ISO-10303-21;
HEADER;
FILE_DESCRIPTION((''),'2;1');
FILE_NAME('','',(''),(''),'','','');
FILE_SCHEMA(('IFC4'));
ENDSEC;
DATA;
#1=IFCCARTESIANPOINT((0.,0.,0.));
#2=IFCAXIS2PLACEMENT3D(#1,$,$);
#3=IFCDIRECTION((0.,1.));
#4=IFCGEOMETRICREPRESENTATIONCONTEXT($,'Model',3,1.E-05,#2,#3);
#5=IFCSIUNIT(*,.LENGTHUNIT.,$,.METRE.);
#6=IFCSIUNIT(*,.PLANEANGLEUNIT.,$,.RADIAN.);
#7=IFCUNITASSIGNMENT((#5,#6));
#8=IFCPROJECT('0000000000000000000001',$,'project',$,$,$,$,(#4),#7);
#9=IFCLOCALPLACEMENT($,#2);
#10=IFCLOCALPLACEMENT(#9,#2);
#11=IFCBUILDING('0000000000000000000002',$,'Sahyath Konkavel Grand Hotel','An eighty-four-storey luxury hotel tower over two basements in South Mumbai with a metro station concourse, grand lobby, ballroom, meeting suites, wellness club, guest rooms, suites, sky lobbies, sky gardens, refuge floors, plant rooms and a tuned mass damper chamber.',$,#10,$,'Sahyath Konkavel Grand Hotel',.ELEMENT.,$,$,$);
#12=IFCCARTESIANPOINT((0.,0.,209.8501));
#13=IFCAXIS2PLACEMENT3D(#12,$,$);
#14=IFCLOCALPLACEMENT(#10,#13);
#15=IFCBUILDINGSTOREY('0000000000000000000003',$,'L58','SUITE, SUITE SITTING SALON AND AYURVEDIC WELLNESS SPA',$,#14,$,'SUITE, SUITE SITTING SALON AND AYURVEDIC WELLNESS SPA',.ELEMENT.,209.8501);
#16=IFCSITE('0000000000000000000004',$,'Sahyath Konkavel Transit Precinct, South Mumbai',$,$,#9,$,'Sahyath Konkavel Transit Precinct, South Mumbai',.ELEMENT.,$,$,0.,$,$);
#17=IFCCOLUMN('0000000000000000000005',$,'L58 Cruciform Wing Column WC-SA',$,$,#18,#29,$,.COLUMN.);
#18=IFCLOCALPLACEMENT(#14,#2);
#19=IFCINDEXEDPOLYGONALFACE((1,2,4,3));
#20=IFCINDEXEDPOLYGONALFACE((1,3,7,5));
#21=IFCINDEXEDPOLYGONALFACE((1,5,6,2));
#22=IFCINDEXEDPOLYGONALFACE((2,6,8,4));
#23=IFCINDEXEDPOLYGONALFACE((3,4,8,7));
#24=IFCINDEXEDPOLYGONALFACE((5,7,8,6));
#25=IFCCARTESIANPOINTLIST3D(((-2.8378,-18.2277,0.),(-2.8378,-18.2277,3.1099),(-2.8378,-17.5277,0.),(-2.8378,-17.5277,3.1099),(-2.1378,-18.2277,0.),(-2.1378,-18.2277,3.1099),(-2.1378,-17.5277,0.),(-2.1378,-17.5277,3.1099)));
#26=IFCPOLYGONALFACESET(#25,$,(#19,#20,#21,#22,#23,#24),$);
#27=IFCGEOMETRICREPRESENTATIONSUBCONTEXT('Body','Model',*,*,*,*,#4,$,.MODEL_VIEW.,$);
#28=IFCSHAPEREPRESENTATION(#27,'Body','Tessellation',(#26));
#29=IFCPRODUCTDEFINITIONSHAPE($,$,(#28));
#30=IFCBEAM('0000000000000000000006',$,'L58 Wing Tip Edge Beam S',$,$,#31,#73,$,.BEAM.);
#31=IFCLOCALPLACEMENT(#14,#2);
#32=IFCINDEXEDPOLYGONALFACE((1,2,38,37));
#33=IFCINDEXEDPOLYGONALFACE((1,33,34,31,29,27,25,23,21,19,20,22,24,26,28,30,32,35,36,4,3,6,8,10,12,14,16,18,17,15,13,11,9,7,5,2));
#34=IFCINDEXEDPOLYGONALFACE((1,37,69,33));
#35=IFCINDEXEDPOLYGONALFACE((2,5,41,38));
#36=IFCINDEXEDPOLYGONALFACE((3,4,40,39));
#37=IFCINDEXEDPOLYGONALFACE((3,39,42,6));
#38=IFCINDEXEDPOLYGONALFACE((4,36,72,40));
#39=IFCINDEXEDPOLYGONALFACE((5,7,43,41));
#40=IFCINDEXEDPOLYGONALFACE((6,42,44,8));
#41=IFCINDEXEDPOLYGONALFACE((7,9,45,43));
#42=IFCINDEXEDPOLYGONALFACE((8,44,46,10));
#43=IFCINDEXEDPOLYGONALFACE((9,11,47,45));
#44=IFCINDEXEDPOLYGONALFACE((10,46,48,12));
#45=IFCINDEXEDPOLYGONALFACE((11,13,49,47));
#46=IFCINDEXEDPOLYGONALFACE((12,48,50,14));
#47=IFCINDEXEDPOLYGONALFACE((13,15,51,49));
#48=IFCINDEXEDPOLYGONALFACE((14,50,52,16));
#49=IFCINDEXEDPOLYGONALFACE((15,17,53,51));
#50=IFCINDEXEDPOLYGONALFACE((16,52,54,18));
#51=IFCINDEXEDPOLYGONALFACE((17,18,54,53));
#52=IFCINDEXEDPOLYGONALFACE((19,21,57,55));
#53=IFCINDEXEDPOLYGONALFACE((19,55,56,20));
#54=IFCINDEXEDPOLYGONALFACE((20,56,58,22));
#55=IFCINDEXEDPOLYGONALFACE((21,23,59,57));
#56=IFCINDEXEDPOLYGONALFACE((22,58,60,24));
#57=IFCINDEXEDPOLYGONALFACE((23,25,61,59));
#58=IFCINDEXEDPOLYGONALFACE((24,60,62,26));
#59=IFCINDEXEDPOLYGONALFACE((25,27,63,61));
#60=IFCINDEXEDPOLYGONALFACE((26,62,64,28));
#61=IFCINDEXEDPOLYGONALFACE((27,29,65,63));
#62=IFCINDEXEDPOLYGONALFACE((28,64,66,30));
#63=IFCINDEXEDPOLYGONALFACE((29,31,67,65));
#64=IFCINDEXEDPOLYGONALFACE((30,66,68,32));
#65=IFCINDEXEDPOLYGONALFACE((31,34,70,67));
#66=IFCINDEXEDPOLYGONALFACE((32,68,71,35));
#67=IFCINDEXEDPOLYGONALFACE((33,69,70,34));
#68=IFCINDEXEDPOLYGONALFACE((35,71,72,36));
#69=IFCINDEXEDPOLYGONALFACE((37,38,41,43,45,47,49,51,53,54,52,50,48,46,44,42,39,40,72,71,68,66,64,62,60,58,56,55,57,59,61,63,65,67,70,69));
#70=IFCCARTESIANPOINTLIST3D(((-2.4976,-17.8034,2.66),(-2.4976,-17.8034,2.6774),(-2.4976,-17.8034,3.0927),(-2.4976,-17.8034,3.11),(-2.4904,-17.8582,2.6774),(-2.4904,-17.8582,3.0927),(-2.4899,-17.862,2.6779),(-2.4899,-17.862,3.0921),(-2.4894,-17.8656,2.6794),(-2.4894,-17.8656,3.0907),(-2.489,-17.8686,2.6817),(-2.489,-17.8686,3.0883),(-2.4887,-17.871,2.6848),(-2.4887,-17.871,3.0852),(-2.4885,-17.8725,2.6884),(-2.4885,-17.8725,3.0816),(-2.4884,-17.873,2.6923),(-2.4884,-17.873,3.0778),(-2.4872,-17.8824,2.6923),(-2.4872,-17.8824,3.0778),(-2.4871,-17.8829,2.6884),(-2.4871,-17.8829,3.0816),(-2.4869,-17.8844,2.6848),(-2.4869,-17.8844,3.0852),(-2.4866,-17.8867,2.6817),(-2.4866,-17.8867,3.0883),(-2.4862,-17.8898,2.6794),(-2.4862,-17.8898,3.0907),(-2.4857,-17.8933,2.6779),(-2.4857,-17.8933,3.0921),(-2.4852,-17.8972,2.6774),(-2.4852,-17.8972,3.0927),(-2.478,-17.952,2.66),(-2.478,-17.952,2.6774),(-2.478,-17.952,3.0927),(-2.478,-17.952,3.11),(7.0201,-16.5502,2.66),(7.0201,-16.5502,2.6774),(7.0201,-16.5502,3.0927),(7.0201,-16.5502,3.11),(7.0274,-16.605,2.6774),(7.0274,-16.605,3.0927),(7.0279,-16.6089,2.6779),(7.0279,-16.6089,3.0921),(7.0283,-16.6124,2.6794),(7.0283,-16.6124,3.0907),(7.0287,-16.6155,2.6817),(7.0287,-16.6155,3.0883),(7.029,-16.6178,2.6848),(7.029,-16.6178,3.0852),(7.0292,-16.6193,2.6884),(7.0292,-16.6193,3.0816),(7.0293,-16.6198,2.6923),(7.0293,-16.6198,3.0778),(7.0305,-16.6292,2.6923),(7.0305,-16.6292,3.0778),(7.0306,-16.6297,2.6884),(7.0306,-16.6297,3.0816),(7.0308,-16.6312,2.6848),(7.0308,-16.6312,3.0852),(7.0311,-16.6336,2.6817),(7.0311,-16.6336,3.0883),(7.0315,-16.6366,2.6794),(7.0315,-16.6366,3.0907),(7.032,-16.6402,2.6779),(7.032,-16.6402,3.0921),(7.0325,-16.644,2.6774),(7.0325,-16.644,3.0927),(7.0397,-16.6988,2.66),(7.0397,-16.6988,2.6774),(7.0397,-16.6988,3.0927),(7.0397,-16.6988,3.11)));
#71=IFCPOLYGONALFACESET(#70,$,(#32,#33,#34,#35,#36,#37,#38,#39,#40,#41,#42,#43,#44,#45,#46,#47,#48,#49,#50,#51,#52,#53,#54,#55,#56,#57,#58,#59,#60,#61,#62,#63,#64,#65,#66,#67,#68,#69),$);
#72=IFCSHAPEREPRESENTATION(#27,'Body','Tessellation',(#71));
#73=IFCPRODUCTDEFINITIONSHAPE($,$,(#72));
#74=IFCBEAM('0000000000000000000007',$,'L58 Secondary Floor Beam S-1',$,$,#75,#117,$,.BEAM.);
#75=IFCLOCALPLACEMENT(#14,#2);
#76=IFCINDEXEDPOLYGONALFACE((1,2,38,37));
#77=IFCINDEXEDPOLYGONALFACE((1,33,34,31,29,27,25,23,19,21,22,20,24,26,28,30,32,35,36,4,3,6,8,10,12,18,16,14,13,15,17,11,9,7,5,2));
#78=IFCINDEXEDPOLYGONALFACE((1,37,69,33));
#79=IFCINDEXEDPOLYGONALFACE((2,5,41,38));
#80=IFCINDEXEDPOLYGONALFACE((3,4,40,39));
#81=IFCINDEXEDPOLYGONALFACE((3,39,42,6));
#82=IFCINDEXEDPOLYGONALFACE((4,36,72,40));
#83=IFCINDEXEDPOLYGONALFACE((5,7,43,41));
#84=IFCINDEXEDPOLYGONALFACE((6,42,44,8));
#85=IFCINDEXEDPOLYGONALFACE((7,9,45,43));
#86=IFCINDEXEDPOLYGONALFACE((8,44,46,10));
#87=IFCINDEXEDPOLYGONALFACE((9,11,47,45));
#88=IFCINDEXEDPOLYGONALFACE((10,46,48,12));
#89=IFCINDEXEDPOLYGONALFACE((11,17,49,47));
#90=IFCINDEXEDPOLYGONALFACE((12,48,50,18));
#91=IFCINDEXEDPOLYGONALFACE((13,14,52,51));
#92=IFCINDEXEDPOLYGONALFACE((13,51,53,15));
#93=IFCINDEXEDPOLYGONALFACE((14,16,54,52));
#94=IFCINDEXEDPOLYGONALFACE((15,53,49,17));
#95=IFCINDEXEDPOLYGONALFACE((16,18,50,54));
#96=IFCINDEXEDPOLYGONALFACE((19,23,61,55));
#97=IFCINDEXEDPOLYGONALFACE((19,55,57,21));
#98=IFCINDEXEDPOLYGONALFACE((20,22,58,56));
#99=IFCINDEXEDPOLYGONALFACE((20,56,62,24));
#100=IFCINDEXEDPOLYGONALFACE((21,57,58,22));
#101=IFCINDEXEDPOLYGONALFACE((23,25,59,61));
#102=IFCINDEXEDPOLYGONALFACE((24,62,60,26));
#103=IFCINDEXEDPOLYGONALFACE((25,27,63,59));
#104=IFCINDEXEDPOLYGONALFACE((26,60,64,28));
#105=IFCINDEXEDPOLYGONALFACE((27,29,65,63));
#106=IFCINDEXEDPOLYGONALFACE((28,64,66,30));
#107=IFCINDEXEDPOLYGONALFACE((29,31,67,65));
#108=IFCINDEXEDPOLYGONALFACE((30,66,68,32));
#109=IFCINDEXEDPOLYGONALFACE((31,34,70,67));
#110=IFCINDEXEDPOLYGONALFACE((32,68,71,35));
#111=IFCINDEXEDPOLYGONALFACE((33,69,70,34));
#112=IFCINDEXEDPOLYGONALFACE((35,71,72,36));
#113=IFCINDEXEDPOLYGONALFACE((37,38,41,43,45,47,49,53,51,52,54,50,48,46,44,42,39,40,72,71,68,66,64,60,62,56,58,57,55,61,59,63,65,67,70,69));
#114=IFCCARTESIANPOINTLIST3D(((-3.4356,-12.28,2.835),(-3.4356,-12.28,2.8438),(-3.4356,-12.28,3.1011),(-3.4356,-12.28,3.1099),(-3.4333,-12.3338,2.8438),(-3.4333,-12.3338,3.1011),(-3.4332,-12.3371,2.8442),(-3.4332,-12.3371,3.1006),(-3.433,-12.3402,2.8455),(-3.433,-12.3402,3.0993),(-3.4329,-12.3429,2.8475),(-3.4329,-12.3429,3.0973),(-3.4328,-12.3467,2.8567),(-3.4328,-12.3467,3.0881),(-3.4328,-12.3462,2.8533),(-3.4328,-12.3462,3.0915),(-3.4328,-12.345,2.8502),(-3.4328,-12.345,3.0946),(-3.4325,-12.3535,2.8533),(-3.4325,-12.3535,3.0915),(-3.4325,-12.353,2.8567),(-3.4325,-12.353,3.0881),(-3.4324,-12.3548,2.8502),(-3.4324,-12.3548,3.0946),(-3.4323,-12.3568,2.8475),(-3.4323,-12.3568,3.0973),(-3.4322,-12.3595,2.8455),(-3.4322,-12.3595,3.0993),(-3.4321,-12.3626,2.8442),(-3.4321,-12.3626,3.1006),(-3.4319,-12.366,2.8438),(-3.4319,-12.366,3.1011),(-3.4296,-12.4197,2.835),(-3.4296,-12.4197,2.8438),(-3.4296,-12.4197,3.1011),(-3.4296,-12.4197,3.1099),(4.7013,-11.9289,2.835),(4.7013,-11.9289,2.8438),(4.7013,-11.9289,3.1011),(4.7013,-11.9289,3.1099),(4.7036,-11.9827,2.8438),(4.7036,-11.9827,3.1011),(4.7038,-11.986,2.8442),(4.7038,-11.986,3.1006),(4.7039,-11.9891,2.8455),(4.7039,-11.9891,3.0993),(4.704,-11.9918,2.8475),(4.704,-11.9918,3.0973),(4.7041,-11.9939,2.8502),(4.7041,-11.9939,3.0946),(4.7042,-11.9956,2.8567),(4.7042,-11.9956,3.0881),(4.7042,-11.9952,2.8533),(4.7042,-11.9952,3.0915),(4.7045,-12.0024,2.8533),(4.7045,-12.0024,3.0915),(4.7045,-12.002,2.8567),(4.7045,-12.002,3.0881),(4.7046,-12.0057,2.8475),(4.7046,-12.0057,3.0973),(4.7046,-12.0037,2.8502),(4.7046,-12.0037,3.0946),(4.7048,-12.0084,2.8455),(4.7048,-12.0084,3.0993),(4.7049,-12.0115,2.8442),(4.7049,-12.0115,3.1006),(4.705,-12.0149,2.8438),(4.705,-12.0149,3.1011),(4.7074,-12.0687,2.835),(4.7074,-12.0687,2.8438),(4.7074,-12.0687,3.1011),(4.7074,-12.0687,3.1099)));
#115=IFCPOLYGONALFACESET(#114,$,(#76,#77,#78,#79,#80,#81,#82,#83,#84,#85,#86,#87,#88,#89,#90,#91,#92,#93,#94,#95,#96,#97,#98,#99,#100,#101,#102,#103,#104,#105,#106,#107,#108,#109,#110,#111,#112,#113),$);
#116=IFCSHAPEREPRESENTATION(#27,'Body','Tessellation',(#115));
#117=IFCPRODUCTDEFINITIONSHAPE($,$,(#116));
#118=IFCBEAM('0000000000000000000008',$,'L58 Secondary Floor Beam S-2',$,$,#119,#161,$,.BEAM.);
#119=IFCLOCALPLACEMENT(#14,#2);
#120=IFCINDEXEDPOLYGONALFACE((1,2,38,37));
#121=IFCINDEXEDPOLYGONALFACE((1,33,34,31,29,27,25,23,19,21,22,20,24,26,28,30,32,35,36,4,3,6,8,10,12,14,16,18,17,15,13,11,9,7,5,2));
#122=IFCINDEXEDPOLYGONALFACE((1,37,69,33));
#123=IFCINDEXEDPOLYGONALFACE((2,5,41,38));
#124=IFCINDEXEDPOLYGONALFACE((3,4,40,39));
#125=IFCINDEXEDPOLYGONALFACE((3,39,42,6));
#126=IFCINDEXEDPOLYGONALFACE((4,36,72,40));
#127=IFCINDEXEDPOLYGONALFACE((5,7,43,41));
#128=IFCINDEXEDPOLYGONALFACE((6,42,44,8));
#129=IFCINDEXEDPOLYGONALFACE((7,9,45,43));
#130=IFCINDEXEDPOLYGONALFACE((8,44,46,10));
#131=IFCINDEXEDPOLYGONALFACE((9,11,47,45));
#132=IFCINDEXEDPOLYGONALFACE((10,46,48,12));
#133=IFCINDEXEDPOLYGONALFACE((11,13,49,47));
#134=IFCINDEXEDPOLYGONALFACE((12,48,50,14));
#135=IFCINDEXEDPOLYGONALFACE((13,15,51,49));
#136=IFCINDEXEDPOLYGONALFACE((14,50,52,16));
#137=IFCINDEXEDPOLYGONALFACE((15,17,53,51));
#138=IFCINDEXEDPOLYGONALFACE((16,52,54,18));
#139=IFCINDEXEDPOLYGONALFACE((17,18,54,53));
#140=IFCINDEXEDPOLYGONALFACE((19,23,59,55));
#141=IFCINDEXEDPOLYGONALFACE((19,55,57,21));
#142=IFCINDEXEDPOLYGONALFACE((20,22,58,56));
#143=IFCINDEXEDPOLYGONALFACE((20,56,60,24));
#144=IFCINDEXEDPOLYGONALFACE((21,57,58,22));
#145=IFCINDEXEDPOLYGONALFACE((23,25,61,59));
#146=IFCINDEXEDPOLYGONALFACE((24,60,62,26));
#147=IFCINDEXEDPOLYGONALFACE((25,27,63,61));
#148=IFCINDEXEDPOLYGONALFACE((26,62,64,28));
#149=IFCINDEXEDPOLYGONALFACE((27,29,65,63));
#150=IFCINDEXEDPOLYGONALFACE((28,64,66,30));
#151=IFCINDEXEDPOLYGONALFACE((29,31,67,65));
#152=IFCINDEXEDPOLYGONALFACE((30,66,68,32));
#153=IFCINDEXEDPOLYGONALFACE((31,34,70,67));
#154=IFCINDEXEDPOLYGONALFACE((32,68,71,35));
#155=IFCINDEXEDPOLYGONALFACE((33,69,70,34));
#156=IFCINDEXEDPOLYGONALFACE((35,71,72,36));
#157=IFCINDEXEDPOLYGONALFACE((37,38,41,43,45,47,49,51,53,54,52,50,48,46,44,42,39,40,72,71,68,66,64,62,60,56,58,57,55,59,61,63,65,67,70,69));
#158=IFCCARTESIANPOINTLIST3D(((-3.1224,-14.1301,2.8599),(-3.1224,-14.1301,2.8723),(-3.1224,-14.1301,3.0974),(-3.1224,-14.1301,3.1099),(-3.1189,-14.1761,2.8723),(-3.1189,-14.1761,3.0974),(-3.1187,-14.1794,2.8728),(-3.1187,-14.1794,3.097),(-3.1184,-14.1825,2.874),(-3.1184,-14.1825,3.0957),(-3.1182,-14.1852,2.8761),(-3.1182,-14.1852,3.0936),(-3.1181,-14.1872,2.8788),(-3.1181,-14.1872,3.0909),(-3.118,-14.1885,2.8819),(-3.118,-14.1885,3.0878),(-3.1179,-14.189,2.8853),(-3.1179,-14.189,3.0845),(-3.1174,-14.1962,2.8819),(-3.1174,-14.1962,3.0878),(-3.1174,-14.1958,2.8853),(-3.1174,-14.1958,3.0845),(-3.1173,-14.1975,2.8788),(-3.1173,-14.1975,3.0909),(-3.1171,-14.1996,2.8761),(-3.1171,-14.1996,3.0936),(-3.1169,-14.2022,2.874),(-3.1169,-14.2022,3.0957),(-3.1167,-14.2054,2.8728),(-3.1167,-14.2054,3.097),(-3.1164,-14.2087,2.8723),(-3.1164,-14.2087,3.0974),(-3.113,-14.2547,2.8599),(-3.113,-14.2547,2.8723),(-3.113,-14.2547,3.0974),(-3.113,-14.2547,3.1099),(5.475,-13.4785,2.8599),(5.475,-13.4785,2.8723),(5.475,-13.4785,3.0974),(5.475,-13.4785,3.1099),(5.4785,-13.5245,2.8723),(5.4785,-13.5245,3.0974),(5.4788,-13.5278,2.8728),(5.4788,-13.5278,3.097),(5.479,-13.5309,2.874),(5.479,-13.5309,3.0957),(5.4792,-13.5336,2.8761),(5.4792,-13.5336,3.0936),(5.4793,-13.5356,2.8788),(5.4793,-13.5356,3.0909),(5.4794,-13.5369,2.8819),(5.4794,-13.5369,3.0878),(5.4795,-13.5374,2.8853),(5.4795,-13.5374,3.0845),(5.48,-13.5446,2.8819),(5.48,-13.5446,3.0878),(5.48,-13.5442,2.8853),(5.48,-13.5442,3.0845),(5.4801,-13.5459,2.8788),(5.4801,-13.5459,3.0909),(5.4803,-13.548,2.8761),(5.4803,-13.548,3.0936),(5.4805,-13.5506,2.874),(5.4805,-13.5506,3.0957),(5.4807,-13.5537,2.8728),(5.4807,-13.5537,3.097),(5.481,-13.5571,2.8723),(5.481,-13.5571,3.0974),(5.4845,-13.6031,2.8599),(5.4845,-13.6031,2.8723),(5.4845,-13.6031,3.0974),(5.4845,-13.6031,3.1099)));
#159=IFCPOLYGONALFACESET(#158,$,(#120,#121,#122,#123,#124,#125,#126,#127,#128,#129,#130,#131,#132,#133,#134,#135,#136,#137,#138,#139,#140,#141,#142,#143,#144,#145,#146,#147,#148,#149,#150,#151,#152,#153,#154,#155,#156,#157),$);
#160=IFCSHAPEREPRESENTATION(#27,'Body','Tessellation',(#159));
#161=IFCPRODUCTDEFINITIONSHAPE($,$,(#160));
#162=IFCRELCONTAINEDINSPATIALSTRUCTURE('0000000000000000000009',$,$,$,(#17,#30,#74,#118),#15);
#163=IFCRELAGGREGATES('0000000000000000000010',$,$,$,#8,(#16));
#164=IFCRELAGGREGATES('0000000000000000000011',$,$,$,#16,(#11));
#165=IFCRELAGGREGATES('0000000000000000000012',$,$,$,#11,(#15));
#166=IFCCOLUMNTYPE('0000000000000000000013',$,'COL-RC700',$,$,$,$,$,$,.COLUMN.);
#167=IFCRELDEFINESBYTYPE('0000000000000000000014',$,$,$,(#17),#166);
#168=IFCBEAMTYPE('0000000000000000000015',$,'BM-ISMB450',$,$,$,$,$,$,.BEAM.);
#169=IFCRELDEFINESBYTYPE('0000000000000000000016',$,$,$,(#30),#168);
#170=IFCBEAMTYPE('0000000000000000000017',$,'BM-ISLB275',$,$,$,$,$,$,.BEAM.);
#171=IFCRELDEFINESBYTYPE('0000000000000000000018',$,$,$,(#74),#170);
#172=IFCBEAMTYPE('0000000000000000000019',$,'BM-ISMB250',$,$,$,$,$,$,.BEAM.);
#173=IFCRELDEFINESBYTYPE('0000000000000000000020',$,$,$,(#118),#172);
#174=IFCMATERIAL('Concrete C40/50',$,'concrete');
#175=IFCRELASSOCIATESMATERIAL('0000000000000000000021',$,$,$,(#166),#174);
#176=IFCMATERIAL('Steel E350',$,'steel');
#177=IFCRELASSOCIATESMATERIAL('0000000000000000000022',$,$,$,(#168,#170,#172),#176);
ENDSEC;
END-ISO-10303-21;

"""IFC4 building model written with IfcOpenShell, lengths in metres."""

from ifc_helpers import new_model, si_unit, direction, frame, origin, origin_2d, place, context, subcontext, project, spatial, rectangle, i_section, extrude, source, transform, mapped, material, material_profile, profile_set, type_object, element, save


model = new_model("IFC4")

# Units and contexts
model_context = context("Model", 3, precision=1e-05, world=origin(), true_north=direction((0.0, 1.0)))
body_context = subcontext(model_context, "Body", "Model", "MODEL_VIEW")
ifc_project = project(units=[si_unit("LENGTHUNIT", "METRE"), si_unit("PLANEANGLEUNIT", "RADIAN")], contexts=[model_context])

# Site, building, storey
site_placement = place(None, origin())
site = spatial("IfcSite", under=ifc_project, at=site_placement, Name="Sahyath Konkavel Transit Precinct, South Mumbai", LongName="Sahyath Konkavel Transit Precinct, South Mumbai", CompositionType="ELEMENT", RefElevation=0.0)
building_placement = place(site_placement, origin())
building = spatial("IfcBuilding", under=site, at=building_placement, Name="Sahyath Konkavel Grand Hotel", Description="An eighty-four-storey luxury hotel tower over two basements in South Mumbai with a metro station concourse, grand lobby, ballroom, meeting suites, wellness club, guest rooms, suites, sky lobbies, sky gardens, refuge floors, plant rooms and a tuned mass damper chamber.", LongName="Sahyath Konkavel Grand Hotel", CompositionType="ELEMENT")
storey_placement = place(building_placement, frame((0.0, 0.0, 209.8501)))
storey = spatial("IfcBuildingStorey", under=building, at=storey_placement, Name="L58", Description="SUITE, SUITE SITTING SALON AND AYURVEDIC WELLNESS SPA", LongName="SUITE, SUITE SITTING SALON AND AYURVEDIC WELLNESS SPA", CompositionType="ELEMENT", Elevation=209.8501)

# Column
ifc_material_1 = material(Name="Concrete C40/50", Category="concrete")
ifc_material_profile_1 = material_profile(ifc_material_1, rectangle(XDim=0.7, YDim=0.7, at=origin_2d()), Name="RC 700x700")
ifc_profile_set_1 = profile_set([ifc_material_profile_1], Name="Concrete C40/50")
column_type = type_object("IfcColumnType", Name="COL-RC700", PredefinedType="COLUMN", material=ifc_profile_set_1)
shared_shape_1 = source(origin(), body_context, "Body", "SweptSolid", [
    extrude(rectangle(XDim=0.7, YDim=0.7, at=origin_2d()), origin(), (0.0, 0.0, 1.0), 3.1099),
])
column_placement = place(storey_placement, frame((-2.4878, -17.8777, 0.0), z_axis=(0.0, 0.0, 1.0), x_axis=(1.0, 0.0, 0.0)))
element("IfcColumn", 1, at=column_placement, inside=storey, type_object=column_type, Name="L58 Cruciform Wing Column WC-SA", PredefinedType="COLUMN", context=body_context, shape_type="MappedRepresentation", body=[
    mapped(shared_shape_1, transform((0.0, 0.0, 0.0), scale=1.0)),
])

# Beams
ifc_material_2 = material(Name="Steel E350", Category="steel")
ifc_material_profile_2 = material_profile(ifc_material_2, i_section(OverallWidth=0.1499, OverallDepth=0.45, WebThickness=0.0095, FlangeThickness=0.0173, FilletRadius=0.0149, at=origin_2d()), Name="ISMB 450")
ifc_profile_set_2 = profile_set([ifc_material_profile_2], Name="Steel E350")
beam_type_1 = type_object("IfcBeamType", Name="BM-ISMB450", PredefinedType="BEAM", material=ifc_profile_set_2)
shared_shape_2 = source(origin(), body_context, "Body", "SweptSolid", [
    extrude(i_section(OverallWidth=0.1499, OverallDepth=0.45, WebThickness=0.0095, FlangeThickness=0.0173, FilletRadius=0.0149, at=origin_2d()), origin(), (0.0, 0.0, 1.0), 9.5999),
])
beam_1_placement = place(storey_placement, frame((-2.4878, -17.8777, 2.885), z_axis=(0.991443, 0.130539, 0.0), x_axis=(-0.130539, 0.991443, 0.0)))
element("IfcBeam", 2, at=beam_1_placement, inside=storey, type_object=beam_type_1, Name="L58 Wing Tip Edge Beam S", PredefinedType="BEAM", context=body_context, shape_type="MappedRepresentation", body=[
    mapped(shared_shape_2, transform((0.0, 0.0, 0.0), scale=1.0)),
])
ifc_material_profile_3 = material_profile(ifc_material_2, i_section(OverallWidth=0.1399, OverallDepth=0.2749, WebThickness=0.0063, FlangeThickness=0.0088, FilletRadius=0.0129, at=origin_2d()), Name="ISLB 275")
ifc_profile_set_3 = profile_set([ifc_material_profile_3], Name="Steel E350")
beam_type_2 = type_object("IfcBeamType", Name="BM-ISLB275", PredefinedType="BEAM", material=ifc_profile_set_3)
shared_shape_3 = source(origin(), body_context, "Body", "SweptSolid", [
    extrude(i_section(OverallWidth=0.1399, OverallDepth=0.2749, WebThickness=0.0063, FlangeThickness=0.0088, FilletRadius=0.0129, at=origin_2d()), origin(), (0.0, 0.0, 1.0), 8.1445),
])
beam_2_placement = place(storey_placement, frame((-3.4326, -12.3499, 2.9724), z_axis=(0.999071, 0.043106, 0.0), x_axis=(-0.043106, 0.999071, 0.0)))
element("IfcBeam", 3, at=beam_2_placement, inside=storey, type_object=beam_type_2, Name="L58 Secondary Floor Beam S-1", PredefinedType="BEAM", context=body_context, shape_type="MappedRepresentation", body=[
    mapped(shared_shape_3, transform((0.0, 0.0, 0.0), scale=1.0)),
])
ifc_material_profile_4 = material_profile(ifc_material_2, i_section(OverallWidth=0.125, OverallDepth=0.25, WebThickness=0.0068, FlangeThickness=0.0125, FilletRadius=0.0129, at=origin_2d()), Name="ISMB 250")
ifc_profile_set_4 = profile_set([ifc_material_profile_4], Name="Steel E350")
beam_type_3 = type_object("IfcBeamType", Name="BM-ISMB250", PredefinedType="BEAM", material=ifc_profile_set_4)
shared_shape_4 = source(origin(), body_context, "Body", "SweptSolid", [
    extrude(i_section(OverallWidth=0.125, OverallDepth=0.25, WebThickness=0.0068, FlangeThickness=0.0125, FilletRadius=0.0129, at=origin_2d()), origin(), (0.0, 0.0, 1.0), 8.6221),
])
beam_3_placement = place(storey_placement, frame((-3.1177, -14.1924, 2.9849), z_axis=(0.99714, 0.075575, 0.0), x_axis=(-0.075575, 0.99714, 0.0)))
element("IfcBeam", 4, at=beam_3_placement, inside=storey, type_object=beam_type_3, Name="L58 Secondary Floor Beam S-2", PredefinedType="BEAM", context=body_context, shape_type="MappedRepresentation", body=[
    mapped(shared_shape_4, transform((0.0, 0.0, 0.0), scale=1.0)),
])

save(model, "model.ifc")
